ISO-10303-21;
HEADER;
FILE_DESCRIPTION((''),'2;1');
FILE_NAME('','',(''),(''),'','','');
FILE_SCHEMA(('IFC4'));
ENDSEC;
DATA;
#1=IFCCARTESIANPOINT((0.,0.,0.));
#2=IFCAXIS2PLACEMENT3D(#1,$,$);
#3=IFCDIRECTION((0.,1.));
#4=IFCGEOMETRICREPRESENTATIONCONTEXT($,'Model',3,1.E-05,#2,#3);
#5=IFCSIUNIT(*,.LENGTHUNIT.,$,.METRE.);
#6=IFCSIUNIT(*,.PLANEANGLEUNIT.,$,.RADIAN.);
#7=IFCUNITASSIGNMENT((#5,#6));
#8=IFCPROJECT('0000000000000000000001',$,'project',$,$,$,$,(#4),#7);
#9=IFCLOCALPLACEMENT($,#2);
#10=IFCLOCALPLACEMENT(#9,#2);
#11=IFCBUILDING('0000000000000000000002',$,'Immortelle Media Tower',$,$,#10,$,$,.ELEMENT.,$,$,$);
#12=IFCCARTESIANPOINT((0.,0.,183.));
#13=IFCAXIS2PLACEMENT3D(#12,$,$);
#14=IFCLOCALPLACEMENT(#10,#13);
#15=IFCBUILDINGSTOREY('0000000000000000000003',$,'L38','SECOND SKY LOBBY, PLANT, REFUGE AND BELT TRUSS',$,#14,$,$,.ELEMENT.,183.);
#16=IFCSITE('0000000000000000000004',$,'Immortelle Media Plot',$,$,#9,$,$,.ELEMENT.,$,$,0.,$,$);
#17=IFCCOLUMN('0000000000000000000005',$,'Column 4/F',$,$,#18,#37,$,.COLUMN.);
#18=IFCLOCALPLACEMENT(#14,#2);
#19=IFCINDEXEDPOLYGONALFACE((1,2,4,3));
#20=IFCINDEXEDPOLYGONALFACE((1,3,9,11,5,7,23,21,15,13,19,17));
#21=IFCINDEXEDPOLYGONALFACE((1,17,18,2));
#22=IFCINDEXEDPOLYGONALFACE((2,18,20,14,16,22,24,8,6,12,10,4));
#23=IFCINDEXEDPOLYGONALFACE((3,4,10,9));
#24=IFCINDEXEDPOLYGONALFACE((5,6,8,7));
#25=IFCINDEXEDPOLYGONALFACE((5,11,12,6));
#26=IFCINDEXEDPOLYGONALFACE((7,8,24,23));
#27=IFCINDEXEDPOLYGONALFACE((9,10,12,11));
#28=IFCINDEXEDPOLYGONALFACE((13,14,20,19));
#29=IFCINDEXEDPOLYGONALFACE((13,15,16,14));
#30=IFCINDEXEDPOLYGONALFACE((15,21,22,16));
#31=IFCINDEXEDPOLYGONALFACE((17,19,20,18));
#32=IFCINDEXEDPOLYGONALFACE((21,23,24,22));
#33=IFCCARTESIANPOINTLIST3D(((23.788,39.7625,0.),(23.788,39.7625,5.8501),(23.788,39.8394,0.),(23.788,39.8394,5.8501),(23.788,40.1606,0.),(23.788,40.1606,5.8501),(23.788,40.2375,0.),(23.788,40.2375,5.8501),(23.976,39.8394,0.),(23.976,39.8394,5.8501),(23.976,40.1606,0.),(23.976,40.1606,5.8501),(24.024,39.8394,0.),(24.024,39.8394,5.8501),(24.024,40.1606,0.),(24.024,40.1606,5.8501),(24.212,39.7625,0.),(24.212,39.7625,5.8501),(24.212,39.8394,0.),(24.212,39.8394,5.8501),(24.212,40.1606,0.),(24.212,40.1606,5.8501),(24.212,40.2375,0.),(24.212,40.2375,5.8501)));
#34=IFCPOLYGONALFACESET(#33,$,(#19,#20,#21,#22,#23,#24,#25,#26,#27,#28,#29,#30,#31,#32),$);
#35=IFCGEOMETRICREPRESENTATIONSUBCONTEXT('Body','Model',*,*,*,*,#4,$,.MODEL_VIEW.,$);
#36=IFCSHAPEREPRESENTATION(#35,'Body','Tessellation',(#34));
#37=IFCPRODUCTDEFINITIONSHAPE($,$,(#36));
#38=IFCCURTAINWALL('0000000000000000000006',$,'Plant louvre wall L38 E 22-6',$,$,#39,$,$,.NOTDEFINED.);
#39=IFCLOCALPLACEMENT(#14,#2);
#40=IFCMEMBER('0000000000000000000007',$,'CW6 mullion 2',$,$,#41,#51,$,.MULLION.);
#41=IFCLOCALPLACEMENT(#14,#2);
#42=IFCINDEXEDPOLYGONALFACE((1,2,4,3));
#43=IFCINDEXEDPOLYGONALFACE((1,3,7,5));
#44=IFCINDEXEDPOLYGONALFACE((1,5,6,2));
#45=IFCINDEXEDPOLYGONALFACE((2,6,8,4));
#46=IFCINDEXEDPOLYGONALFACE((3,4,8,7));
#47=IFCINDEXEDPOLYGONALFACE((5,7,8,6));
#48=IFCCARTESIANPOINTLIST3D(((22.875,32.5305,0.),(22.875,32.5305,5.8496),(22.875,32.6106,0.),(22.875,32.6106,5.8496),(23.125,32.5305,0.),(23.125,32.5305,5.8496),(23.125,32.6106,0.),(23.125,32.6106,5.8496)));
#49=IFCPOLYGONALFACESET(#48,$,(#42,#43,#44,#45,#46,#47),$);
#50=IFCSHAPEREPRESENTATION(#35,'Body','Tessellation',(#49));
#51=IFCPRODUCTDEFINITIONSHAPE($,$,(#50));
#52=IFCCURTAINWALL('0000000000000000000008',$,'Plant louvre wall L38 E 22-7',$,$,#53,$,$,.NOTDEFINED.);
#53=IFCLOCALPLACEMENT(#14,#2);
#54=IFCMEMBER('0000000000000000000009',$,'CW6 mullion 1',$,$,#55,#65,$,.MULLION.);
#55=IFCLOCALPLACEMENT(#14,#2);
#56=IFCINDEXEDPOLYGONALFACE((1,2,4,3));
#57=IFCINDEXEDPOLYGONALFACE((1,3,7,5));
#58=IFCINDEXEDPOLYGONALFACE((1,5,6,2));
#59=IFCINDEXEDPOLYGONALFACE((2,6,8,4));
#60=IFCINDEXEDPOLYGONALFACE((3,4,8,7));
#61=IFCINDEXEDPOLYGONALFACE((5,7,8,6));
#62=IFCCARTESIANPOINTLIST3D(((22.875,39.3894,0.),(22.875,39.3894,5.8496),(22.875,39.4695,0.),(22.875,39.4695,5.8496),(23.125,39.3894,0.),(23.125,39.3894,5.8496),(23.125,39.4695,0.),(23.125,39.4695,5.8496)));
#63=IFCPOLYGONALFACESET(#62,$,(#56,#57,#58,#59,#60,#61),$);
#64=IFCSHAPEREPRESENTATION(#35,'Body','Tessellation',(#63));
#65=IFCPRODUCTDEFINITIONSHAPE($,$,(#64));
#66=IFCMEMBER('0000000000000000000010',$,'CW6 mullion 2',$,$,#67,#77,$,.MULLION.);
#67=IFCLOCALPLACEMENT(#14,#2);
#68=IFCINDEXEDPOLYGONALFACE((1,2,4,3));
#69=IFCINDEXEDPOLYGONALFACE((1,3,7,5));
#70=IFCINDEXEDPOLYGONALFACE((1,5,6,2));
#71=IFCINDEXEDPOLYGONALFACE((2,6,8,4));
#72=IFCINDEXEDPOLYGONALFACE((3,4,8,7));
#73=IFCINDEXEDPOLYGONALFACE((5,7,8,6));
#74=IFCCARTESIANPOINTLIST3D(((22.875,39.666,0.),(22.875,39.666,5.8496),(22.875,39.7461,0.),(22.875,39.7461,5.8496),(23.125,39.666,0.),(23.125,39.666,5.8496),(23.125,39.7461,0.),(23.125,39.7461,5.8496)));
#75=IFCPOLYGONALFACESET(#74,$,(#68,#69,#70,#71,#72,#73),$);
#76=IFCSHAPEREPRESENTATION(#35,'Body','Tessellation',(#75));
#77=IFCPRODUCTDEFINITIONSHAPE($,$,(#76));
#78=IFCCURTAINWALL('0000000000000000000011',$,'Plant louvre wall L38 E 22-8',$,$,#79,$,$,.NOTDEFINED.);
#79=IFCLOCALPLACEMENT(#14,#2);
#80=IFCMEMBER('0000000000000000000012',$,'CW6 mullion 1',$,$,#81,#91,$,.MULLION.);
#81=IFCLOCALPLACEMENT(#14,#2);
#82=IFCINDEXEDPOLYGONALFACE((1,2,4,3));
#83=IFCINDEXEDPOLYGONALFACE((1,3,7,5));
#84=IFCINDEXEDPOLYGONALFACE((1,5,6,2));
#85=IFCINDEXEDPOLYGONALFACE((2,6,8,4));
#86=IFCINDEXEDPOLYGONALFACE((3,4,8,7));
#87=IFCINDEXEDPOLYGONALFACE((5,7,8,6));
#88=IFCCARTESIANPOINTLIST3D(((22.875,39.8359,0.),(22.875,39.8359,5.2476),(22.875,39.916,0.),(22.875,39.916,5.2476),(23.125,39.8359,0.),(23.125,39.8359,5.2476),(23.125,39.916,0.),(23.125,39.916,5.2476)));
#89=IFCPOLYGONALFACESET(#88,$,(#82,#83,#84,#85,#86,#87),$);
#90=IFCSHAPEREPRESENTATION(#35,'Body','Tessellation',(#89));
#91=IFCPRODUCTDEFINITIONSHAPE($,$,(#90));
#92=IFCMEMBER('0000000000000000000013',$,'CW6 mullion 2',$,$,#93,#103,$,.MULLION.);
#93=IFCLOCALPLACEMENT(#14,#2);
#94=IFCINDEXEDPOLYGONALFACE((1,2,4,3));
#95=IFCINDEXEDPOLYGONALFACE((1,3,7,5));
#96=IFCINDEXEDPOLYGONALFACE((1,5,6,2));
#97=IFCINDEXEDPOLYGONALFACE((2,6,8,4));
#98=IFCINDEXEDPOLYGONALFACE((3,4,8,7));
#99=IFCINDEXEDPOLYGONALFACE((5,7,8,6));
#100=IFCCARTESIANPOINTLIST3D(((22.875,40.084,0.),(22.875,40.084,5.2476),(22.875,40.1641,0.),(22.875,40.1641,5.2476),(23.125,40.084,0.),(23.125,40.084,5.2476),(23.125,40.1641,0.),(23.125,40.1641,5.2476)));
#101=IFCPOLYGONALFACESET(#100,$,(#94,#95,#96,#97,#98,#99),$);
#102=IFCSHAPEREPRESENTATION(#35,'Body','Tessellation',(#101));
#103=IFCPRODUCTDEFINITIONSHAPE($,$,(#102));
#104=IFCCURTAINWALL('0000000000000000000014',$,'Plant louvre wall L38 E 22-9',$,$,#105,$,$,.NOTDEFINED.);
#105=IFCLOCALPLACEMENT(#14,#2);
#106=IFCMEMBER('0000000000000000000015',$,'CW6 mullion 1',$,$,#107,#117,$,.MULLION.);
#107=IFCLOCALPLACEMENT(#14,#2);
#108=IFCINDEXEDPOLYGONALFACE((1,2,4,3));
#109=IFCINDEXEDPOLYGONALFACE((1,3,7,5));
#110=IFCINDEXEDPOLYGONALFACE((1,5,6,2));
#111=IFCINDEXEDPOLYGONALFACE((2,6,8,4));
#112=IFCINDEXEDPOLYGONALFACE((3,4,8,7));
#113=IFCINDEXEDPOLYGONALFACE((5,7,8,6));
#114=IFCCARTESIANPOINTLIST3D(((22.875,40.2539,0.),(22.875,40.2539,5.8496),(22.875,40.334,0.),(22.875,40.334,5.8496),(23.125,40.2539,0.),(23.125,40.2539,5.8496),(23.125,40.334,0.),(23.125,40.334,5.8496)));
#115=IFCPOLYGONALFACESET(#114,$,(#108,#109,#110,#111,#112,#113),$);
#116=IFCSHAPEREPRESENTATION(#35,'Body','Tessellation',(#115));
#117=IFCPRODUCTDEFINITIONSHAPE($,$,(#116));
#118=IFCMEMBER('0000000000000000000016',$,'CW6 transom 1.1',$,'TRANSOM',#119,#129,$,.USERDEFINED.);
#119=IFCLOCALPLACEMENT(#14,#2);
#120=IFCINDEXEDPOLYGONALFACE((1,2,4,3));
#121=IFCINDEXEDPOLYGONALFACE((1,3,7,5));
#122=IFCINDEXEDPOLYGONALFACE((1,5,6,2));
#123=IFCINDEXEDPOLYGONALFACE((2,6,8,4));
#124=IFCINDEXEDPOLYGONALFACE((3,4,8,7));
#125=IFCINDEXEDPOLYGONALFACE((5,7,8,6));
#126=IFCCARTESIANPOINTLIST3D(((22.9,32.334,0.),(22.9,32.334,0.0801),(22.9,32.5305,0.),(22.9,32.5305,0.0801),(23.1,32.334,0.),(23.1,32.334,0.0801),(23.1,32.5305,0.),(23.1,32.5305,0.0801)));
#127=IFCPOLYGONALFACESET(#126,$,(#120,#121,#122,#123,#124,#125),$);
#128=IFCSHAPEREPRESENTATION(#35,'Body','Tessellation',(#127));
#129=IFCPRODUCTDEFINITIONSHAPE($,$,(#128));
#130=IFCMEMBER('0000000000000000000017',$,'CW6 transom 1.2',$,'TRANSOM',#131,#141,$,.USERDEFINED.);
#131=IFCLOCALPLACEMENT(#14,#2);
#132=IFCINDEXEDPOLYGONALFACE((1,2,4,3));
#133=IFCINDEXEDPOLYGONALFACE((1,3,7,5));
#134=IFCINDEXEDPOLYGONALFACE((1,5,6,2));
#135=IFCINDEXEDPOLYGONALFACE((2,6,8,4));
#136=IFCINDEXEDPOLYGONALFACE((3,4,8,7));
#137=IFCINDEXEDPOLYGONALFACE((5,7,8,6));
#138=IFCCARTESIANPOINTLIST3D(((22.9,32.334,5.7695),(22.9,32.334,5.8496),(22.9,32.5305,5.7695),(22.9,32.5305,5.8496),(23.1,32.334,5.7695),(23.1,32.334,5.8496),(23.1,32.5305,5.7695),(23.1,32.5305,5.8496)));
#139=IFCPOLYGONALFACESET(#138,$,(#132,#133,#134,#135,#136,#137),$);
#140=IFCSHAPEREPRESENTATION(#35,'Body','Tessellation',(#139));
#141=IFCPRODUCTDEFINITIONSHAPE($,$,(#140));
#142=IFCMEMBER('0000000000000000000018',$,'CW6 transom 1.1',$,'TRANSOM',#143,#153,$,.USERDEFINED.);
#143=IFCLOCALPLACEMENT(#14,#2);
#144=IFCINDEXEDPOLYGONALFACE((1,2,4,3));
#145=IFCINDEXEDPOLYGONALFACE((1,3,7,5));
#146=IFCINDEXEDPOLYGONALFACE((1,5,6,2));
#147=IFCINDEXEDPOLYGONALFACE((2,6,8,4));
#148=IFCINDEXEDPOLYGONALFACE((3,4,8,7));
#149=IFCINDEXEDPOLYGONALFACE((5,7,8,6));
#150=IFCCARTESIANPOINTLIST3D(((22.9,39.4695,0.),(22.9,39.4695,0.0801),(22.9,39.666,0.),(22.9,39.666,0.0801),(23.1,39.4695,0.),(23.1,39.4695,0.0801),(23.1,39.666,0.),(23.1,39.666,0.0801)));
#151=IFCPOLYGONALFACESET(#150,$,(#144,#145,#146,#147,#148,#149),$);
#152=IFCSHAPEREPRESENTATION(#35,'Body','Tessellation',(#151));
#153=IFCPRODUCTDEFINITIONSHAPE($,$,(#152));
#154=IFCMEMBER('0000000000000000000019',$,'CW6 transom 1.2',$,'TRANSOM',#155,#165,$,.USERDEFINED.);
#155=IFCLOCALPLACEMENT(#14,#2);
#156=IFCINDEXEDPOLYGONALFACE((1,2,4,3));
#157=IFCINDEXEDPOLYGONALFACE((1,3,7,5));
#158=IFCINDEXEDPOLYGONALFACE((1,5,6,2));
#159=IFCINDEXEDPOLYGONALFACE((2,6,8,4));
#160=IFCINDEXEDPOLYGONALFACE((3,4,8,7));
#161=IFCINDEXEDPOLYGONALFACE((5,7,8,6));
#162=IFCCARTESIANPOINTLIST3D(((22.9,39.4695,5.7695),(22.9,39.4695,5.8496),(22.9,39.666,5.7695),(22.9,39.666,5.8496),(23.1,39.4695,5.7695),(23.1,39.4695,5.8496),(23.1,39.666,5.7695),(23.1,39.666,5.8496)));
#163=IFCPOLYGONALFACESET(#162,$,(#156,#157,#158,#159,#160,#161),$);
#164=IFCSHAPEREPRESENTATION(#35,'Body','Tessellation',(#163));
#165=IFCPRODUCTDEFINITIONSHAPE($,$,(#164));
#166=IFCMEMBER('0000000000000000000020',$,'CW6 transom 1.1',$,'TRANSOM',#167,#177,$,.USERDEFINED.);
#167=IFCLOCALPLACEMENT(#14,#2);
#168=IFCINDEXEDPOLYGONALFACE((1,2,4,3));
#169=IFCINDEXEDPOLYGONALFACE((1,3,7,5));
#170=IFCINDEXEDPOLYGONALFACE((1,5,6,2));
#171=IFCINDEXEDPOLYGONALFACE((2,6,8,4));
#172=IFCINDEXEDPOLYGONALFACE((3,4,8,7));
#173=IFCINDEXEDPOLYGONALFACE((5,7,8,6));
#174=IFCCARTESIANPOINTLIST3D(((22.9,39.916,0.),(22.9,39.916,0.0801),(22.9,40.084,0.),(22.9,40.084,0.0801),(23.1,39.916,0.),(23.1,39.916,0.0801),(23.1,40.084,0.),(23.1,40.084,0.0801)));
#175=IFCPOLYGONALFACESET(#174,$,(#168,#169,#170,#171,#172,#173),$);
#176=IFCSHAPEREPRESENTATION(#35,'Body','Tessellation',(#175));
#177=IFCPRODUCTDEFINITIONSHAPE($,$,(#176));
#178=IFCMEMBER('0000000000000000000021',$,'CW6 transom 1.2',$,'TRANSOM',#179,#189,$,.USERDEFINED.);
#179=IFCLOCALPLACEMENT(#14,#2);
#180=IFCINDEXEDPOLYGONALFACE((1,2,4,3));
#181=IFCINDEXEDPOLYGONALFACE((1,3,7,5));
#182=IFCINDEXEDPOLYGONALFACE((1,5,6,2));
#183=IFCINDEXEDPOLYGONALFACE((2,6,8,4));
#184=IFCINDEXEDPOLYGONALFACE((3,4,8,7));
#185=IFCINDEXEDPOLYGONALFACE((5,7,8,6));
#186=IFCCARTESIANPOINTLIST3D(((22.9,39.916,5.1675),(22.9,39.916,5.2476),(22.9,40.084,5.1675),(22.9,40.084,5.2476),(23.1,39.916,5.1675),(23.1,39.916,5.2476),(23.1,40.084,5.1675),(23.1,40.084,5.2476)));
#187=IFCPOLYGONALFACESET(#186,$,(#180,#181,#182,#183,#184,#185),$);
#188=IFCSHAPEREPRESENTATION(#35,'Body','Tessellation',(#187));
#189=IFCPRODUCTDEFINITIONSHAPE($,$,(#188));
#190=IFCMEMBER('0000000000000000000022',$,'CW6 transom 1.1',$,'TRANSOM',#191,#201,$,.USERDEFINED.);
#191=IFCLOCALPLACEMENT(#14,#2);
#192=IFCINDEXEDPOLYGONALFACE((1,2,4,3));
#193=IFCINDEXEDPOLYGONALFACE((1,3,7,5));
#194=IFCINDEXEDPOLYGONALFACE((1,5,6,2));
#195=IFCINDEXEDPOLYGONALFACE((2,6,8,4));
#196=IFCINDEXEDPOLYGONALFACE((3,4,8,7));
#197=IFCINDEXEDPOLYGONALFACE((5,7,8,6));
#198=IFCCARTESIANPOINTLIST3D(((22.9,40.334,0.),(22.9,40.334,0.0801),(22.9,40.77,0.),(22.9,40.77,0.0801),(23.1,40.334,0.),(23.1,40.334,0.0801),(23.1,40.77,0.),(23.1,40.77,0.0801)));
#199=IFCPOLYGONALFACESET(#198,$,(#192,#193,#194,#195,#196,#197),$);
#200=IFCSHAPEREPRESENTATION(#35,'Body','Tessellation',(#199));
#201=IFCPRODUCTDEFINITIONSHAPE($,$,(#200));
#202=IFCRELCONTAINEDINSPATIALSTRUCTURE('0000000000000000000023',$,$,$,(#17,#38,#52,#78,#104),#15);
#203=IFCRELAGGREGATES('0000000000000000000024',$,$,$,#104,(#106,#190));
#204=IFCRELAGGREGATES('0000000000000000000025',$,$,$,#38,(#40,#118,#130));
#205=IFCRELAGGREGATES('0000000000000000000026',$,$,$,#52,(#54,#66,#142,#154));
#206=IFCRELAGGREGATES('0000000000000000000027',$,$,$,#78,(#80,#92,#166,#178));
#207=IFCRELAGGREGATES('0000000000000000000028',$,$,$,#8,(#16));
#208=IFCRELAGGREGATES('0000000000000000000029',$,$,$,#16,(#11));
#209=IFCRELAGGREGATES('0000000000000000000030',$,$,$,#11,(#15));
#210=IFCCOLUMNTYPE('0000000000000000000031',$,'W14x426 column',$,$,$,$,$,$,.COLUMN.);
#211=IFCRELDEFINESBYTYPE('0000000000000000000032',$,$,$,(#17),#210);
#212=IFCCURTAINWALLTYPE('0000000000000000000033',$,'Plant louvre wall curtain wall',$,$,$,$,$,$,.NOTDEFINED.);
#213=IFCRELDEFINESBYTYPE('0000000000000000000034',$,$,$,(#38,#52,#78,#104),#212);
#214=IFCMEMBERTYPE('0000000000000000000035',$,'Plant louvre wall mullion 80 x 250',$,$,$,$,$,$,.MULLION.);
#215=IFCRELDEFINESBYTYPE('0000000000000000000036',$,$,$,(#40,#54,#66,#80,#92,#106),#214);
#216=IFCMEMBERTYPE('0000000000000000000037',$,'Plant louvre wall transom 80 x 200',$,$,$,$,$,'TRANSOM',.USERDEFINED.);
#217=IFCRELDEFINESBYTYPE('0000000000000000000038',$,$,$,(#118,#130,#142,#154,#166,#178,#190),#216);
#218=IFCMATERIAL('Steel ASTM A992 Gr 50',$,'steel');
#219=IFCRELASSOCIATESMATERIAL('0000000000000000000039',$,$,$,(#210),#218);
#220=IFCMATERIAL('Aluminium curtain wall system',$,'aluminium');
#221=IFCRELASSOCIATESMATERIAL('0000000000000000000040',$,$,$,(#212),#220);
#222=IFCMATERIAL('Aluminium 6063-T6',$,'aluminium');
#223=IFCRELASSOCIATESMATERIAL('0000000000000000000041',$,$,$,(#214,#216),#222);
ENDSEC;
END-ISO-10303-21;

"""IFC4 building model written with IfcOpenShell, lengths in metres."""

from ifc_helpers import new_model, si_unit, direction, frame, origin, origin_2d, place, context, subcontext, project, spatial, rectangle, i_section, extrude, material, material_profile, profile_set, type_object, element, aggregate, save


model = new_model("IFC4")

# Units and contexts
model_context = context("Model", 3, precision=1e-05, world=origin(), true_north=direction((0.0, 1.0)))
body_context = subcontext(model_context, "Body", "Model", "MODEL_VIEW")
ifc_project = project(units=[si_unit("LENGTHUNIT", "METRE"), si_unit("PLANEANGLEUNIT", "RADIAN")], contexts=[model_context])

# Site, building, storey
site_placement = place(None, origin())
site = spatial("IfcSite", under=ifc_project, at=site_placement, Name="Immortelle Media Plot", CompositionType="ELEMENT", RefElevation=0.0)
building_placement = place(site_placement, origin())
building = spatial("IfcBuilding", under=site, at=building_placement, Name="Immortelle Media Tower", CompositionType="ELEMENT")
storey_placement = place(building_placement, frame((0.0, 0.0, 183.0)))
storey = spatial("IfcBuildingStorey", under=building, at=storey_placement, Name="L38", Description="SECOND SKY LOBBY, PLANT, REFUGE AND BELT TRUSS", CompositionType="ELEMENT", Elevation=183.0)

# Column
ifc_material_1 = material(Name="Steel ASTM A992 Gr 50", Category="steel")
ifc_material_profile_1 = material_profile(ifc_material_1, i_section(OverallWidth=0.4241, OverallDepth=0.4751, WebThickness=0.0481, FlangeThickness=0.0769, at=origin_2d()), Name="W14x426")
ifc_profile_set_1 = profile_set([ifc_material_profile_1], Name="Steel ASTM A992 Gr 50")
column_type = type_object("IfcColumnType", Name="W14x426 column", PredefinedType="COLUMN", material=ifc_profile_set_1)
column_placement = place(storey_placement, frame((24.0, 40.0, 0.0), z_axis=(0.0, 0.0, 1.0), x_axis=(1.0, 0.0, 0.0)))
element("IfcColumn", 1, at=column_placement, inside=storey, type_object=column_type, Name="Column 4/F", PredefinedType="COLUMN", context=body_context, shape_type="SweptSolid", body=[
    extrude(i_section(OverallWidth=0.4241, OverallDepth=0.4751, WebThickness=0.0481, FlangeThickness=0.0769, at=origin_2d()), origin(), (0.0, 0.0, 1.0), 5.8501),
])

# Curtain wall, member
ifc_material_2 = material(Name="Aluminium curtain wall system", Category="aluminium")
curtain_wall_type = type_object("IfcCurtainWallType", Name="Plant louvre wall curtain wall", PredefinedType="NOTDEFINED", material=ifc_material_2)
curtain_wall_1_placement = place(storey_placement, origin())
curtain_wall_1 = element("IfcCurtainWall", 2, at=curtain_wall_1_placement, inside=storey, type_object=curtain_wall_type, Name="Plant louvre wall L38 E 22-6", PredefinedType="NOTDEFINED")
ifc_material_3 = material(Name="Aluminium 6063-T6", Category="aluminium")
ifc_material_profile_2 = material_profile(ifc_material_3, rectangle(XDim=0.25, YDim=0.0801, at=origin_2d()), Name="AL 80x250")
ifc_profile_set_2 = profile_set([ifc_material_profile_2], Name="Aluminium 6063-T6")
member_type_1 = type_object("IfcMemberType", Name="Plant louvre wall mullion 80 x 250", PredefinedType="MULLION", material=ifc_profile_set_2)
member_1_placement = place(storey_placement, frame((23.0, 32.5706, 0.0), z_axis=(0.0, 0.0, 1.0), x_axis=(-1.0, 0.0, 0.0)))
member_1 = element("IfcMember", 3, at=member_1_placement, type_object=member_type_1, Name="CW6 mullion 2", PredefinedType="MULLION", context=body_context, shape_type="SweptSolid", body=[
    extrude(rectangle(XDim=0.25, YDim=0.0801, at=origin_2d()), origin(), (0.0, 0.0, 1.0), 5.8496),
])

# Curtain walls, members
curtain_wall_2_placement = place(storey_placement, origin())
curtain_wall_2 = element("IfcCurtainWall", 4, at=curtain_wall_2_placement, inside=storey, type_object=curtain_wall_type, Name="Plant louvre wall L38 E 22-7", PredefinedType="NOTDEFINED")
member_2_placement = place(storey_placement, frame((23.0, 39.4294, 0.0), z_axis=(0.0, 0.0, 1.0), x_axis=(-1.0, 0.0, 0.0)))
member_2 = element("IfcMember", 5, at=member_2_placement, type_object=member_type_1, Name="CW6 mullion 1", PredefinedType="MULLION", context=body_context, shape_type="SweptSolid", body=[
    extrude(rectangle(XDim=0.25, YDim=0.0801, at=origin_2d()), origin(), (0.0, 0.0, 1.0), 5.8496),
])
member_3_placement = place(storey_placement, frame((23.0, 39.7061, 0.0), z_axis=(0.0, 0.0, 1.0), x_axis=(-1.0, 0.0, 0.0)))
member_3 = element("IfcMember", 6, at=member_3_placement, type_object=member_type_1, Name="CW6 mullion 2", PredefinedType="MULLION", context=body_context, shape_type="SweptSolid", body=[
    extrude(rectangle(XDim=0.25, YDim=0.0801, at=origin_2d()), origin(), (0.0, 0.0, 1.0), 5.8496),
])
curtain_wall_3_placement = place(storey_placement, origin())
curtain_wall_3 = element("IfcCurtainWall", 7, at=curtain_wall_3_placement, inside=storey, type_object=curtain_wall_type, Name="Plant louvre wall L38 E 22-8", PredefinedType="NOTDEFINED")
member_4_placement = place(storey_placement, frame((23.0, 39.876, 0.0), z_axis=(0.0, 0.0, 1.0), x_axis=(-1.0, 0.0, 0.0)))
member_4 = element("IfcMember", 8, at=member_4_placement, type_object=member_type_1, Name="CW6 mullion 1", PredefinedType="MULLION", context=body_context, shape_type="SweptSolid", body=[
    extrude(rectangle(XDim=0.25, YDim=0.0801, at=origin_2d()), origin(), (0.0, 0.0, 1.0), 5.2476),
])
member_5_placement = place(storey_placement, frame((23.0, 40.124, 0.0), z_axis=(0.0, 0.0, 1.0), x_axis=(-1.0, 0.0, 0.0)))
member_5 = element("IfcMember", 9, at=member_5_placement, type_object=member_type_1, Name="CW6 mullion 2", PredefinedType="MULLION", context=body_context, shape_type="SweptSolid", body=[
    extrude(rectangle(XDim=0.25, YDim=0.0801, at=origin_2d()), origin(), (0.0, 0.0, 1.0), 5.2476),
])

# Curtain wall, member
curtain_wall_4_placement = place(storey_placement, origin())
curtain_wall_4 = element("IfcCurtainWall", 10, at=curtain_wall_4_placement, inside=storey, type_object=curtain_wall_type, Name="Plant louvre wall L38 E 22-9", PredefinedType="NOTDEFINED")
member_6_placement = place(storey_placement, frame((23.0, 40.2939, 0.0), z_axis=(0.0, 0.0, 1.0), x_axis=(-1.0, 0.0, 0.0)))
member_6 = element("IfcMember", 11, at=member_6_placement, type_object=member_type_1, Name="CW6 mullion 1", PredefinedType="MULLION", context=body_context, shape_type="SweptSolid", body=[
    extrude(rectangle(XDim=0.25, YDim=0.0801, at=origin_2d()), origin(), (0.0, 0.0, 1.0), 5.8496),
])

# Members
ifc_material_profile_3 = material_profile(ifc_material_3, rectangle(XDim=0.2, YDim=0.0801, at=origin_2d()), Name="AL 80x200")
ifc_profile_set_3 = profile_set([ifc_material_profile_3], Name="Aluminium 6063-T6")
member_type_2 = type_object("IfcMemberType", Name="Plant louvre wall transom 80 x 200", ElementType="TRANSOM", PredefinedType="USERDEFINED", material=ifc_profile_set_3)
member_7_placement = place(storey_placement, frame((23.0, 32.334, 0.04), z_axis=(0.0, 1.0, 0.0), x_axis=(-1.0, 0.0, 0.0)))
member_7 = element("IfcMember", 12, at=member_7_placement, type_object=member_type_2, Name="CW6 transom 1.1", ObjectType="TRANSOM", PredefinedType="USERDEFINED", context=body_context, shape_type="SweptSolid", body=[
    extrude(rectangle(XDim=0.2, YDim=0.0801, at=origin_2d()), origin(), (0.0, 0.0, 1.0), 0.1965),
])
member_8_placement = place(storey_placement, frame((23.0, 32.334, 5.8096), z_axis=(0.0, 1.0, 0.0), x_axis=(-1.0, 0.0, 0.0)))
member_8 = element("IfcMember", 13, at=member_8_placement, type_object=member_type_2, Name="CW6 transom 1.2", ObjectType="TRANSOM", PredefinedType="USERDEFINED", context=body_context, shape_type="SweptSolid", body=[
    extrude(rectangle(XDim=0.2, YDim=0.0801, at=origin_2d()), origin(), (0.0, 0.0, 1.0), 0.1965),
])
member_9_placement = place(storey_placement, frame((23.0, 39.4695, 0.04), z_axis=(0.0, 1.0, 0.0), x_axis=(-1.0, 0.0, 0.0)))
member_9 = element("IfcMember", 14, at=member_9_placement, type_object=member_type_2, Name="CW6 transom 1.1", ObjectType="TRANSOM", PredefinedType="USERDEFINED", context=body_context, shape_type="SweptSolid", body=[
    extrude(rectangle(XDim=0.2, YDim=0.0801, at=origin_2d()), origin(), (0.0, 0.0, 1.0), 0.1965),
])
member_10_placement = place(storey_placement, frame((23.0, 39.4695, 5.8096), z_axis=(0.0, 1.0, 0.0), x_axis=(-1.0, 0.0, 0.0)))
member_10 = element("IfcMember", 15, at=member_10_placement, type_object=member_type_2, Name="CW6 transom 1.2", ObjectType="TRANSOM", PredefinedType="USERDEFINED", context=body_context, shape_type="SweptSolid", body=[
    extrude(rectangle(XDim=0.2, YDim=0.0801, at=origin_2d()), origin(), (0.0, 0.0, 1.0), 0.1965),
])
member_11_placement = place(storey_placement, frame((23.0, 39.916, 0.04), z_axis=(0.0, 1.0, 0.0), x_axis=(-1.0, 0.0, 0.0)))
member_11 = element("IfcMember", 16, at=member_11_placement, type_object=member_type_2, Name="CW6 transom 1.1", ObjectType="TRANSOM", PredefinedType="USERDEFINED", context=body_context, shape_type="SweptSolid", body=[
    extrude(rectangle(XDim=0.2, YDim=0.0801, at=origin_2d()), origin(), (0.0, 0.0, 1.0), 0.168),
])
member_12_placement = place(storey_placement, frame((23.0, 39.916, 5.2075), z_axis=(0.0, 1.0, 0.0), x_axis=(-1.0, 0.0, 0.0)))
member_12 = element("IfcMember", 17, at=member_12_placement, type_object=member_type_2, Name="CW6 transom 1.2", ObjectType="TRANSOM", PredefinedType="USERDEFINED", context=body_context, shape_type="SweptSolid", body=[
    extrude(rectangle(XDim=0.2, YDim=0.0801, at=origin_2d()), origin(), (0.0, 0.0, 1.0), 0.168),
])
member_13_placement = place(storey_placement, frame((23.0, 40.334, 0.04), z_axis=(0.0, 1.0, 0.0), x_axis=(-1.0, 0.0, 0.0)))
member_13 = element("IfcMember", 18, at=member_13_placement, type_object=member_type_2, Name="CW6 transom 1.1", ObjectType="TRANSOM", PredefinedType="USERDEFINED", context=body_context, shape_type="SweptSolid", body=[
    extrude(rectangle(XDim=0.2, YDim=0.0801, at=origin_2d()), origin(), (0.0, 0.0, 1.0), 0.436),
])
aggregate(curtain_wall_4, [member_6, member_13])

aggregate(curtain_wall_1, [member_1, member_7, member_8])
aggregate(curtain_wall_2, [member_2, member_3, member_9, member_10])
aggregate(curtain_wall_3, [member_4, member_5, member_11, member_12])

save(model, "model.ifc")
